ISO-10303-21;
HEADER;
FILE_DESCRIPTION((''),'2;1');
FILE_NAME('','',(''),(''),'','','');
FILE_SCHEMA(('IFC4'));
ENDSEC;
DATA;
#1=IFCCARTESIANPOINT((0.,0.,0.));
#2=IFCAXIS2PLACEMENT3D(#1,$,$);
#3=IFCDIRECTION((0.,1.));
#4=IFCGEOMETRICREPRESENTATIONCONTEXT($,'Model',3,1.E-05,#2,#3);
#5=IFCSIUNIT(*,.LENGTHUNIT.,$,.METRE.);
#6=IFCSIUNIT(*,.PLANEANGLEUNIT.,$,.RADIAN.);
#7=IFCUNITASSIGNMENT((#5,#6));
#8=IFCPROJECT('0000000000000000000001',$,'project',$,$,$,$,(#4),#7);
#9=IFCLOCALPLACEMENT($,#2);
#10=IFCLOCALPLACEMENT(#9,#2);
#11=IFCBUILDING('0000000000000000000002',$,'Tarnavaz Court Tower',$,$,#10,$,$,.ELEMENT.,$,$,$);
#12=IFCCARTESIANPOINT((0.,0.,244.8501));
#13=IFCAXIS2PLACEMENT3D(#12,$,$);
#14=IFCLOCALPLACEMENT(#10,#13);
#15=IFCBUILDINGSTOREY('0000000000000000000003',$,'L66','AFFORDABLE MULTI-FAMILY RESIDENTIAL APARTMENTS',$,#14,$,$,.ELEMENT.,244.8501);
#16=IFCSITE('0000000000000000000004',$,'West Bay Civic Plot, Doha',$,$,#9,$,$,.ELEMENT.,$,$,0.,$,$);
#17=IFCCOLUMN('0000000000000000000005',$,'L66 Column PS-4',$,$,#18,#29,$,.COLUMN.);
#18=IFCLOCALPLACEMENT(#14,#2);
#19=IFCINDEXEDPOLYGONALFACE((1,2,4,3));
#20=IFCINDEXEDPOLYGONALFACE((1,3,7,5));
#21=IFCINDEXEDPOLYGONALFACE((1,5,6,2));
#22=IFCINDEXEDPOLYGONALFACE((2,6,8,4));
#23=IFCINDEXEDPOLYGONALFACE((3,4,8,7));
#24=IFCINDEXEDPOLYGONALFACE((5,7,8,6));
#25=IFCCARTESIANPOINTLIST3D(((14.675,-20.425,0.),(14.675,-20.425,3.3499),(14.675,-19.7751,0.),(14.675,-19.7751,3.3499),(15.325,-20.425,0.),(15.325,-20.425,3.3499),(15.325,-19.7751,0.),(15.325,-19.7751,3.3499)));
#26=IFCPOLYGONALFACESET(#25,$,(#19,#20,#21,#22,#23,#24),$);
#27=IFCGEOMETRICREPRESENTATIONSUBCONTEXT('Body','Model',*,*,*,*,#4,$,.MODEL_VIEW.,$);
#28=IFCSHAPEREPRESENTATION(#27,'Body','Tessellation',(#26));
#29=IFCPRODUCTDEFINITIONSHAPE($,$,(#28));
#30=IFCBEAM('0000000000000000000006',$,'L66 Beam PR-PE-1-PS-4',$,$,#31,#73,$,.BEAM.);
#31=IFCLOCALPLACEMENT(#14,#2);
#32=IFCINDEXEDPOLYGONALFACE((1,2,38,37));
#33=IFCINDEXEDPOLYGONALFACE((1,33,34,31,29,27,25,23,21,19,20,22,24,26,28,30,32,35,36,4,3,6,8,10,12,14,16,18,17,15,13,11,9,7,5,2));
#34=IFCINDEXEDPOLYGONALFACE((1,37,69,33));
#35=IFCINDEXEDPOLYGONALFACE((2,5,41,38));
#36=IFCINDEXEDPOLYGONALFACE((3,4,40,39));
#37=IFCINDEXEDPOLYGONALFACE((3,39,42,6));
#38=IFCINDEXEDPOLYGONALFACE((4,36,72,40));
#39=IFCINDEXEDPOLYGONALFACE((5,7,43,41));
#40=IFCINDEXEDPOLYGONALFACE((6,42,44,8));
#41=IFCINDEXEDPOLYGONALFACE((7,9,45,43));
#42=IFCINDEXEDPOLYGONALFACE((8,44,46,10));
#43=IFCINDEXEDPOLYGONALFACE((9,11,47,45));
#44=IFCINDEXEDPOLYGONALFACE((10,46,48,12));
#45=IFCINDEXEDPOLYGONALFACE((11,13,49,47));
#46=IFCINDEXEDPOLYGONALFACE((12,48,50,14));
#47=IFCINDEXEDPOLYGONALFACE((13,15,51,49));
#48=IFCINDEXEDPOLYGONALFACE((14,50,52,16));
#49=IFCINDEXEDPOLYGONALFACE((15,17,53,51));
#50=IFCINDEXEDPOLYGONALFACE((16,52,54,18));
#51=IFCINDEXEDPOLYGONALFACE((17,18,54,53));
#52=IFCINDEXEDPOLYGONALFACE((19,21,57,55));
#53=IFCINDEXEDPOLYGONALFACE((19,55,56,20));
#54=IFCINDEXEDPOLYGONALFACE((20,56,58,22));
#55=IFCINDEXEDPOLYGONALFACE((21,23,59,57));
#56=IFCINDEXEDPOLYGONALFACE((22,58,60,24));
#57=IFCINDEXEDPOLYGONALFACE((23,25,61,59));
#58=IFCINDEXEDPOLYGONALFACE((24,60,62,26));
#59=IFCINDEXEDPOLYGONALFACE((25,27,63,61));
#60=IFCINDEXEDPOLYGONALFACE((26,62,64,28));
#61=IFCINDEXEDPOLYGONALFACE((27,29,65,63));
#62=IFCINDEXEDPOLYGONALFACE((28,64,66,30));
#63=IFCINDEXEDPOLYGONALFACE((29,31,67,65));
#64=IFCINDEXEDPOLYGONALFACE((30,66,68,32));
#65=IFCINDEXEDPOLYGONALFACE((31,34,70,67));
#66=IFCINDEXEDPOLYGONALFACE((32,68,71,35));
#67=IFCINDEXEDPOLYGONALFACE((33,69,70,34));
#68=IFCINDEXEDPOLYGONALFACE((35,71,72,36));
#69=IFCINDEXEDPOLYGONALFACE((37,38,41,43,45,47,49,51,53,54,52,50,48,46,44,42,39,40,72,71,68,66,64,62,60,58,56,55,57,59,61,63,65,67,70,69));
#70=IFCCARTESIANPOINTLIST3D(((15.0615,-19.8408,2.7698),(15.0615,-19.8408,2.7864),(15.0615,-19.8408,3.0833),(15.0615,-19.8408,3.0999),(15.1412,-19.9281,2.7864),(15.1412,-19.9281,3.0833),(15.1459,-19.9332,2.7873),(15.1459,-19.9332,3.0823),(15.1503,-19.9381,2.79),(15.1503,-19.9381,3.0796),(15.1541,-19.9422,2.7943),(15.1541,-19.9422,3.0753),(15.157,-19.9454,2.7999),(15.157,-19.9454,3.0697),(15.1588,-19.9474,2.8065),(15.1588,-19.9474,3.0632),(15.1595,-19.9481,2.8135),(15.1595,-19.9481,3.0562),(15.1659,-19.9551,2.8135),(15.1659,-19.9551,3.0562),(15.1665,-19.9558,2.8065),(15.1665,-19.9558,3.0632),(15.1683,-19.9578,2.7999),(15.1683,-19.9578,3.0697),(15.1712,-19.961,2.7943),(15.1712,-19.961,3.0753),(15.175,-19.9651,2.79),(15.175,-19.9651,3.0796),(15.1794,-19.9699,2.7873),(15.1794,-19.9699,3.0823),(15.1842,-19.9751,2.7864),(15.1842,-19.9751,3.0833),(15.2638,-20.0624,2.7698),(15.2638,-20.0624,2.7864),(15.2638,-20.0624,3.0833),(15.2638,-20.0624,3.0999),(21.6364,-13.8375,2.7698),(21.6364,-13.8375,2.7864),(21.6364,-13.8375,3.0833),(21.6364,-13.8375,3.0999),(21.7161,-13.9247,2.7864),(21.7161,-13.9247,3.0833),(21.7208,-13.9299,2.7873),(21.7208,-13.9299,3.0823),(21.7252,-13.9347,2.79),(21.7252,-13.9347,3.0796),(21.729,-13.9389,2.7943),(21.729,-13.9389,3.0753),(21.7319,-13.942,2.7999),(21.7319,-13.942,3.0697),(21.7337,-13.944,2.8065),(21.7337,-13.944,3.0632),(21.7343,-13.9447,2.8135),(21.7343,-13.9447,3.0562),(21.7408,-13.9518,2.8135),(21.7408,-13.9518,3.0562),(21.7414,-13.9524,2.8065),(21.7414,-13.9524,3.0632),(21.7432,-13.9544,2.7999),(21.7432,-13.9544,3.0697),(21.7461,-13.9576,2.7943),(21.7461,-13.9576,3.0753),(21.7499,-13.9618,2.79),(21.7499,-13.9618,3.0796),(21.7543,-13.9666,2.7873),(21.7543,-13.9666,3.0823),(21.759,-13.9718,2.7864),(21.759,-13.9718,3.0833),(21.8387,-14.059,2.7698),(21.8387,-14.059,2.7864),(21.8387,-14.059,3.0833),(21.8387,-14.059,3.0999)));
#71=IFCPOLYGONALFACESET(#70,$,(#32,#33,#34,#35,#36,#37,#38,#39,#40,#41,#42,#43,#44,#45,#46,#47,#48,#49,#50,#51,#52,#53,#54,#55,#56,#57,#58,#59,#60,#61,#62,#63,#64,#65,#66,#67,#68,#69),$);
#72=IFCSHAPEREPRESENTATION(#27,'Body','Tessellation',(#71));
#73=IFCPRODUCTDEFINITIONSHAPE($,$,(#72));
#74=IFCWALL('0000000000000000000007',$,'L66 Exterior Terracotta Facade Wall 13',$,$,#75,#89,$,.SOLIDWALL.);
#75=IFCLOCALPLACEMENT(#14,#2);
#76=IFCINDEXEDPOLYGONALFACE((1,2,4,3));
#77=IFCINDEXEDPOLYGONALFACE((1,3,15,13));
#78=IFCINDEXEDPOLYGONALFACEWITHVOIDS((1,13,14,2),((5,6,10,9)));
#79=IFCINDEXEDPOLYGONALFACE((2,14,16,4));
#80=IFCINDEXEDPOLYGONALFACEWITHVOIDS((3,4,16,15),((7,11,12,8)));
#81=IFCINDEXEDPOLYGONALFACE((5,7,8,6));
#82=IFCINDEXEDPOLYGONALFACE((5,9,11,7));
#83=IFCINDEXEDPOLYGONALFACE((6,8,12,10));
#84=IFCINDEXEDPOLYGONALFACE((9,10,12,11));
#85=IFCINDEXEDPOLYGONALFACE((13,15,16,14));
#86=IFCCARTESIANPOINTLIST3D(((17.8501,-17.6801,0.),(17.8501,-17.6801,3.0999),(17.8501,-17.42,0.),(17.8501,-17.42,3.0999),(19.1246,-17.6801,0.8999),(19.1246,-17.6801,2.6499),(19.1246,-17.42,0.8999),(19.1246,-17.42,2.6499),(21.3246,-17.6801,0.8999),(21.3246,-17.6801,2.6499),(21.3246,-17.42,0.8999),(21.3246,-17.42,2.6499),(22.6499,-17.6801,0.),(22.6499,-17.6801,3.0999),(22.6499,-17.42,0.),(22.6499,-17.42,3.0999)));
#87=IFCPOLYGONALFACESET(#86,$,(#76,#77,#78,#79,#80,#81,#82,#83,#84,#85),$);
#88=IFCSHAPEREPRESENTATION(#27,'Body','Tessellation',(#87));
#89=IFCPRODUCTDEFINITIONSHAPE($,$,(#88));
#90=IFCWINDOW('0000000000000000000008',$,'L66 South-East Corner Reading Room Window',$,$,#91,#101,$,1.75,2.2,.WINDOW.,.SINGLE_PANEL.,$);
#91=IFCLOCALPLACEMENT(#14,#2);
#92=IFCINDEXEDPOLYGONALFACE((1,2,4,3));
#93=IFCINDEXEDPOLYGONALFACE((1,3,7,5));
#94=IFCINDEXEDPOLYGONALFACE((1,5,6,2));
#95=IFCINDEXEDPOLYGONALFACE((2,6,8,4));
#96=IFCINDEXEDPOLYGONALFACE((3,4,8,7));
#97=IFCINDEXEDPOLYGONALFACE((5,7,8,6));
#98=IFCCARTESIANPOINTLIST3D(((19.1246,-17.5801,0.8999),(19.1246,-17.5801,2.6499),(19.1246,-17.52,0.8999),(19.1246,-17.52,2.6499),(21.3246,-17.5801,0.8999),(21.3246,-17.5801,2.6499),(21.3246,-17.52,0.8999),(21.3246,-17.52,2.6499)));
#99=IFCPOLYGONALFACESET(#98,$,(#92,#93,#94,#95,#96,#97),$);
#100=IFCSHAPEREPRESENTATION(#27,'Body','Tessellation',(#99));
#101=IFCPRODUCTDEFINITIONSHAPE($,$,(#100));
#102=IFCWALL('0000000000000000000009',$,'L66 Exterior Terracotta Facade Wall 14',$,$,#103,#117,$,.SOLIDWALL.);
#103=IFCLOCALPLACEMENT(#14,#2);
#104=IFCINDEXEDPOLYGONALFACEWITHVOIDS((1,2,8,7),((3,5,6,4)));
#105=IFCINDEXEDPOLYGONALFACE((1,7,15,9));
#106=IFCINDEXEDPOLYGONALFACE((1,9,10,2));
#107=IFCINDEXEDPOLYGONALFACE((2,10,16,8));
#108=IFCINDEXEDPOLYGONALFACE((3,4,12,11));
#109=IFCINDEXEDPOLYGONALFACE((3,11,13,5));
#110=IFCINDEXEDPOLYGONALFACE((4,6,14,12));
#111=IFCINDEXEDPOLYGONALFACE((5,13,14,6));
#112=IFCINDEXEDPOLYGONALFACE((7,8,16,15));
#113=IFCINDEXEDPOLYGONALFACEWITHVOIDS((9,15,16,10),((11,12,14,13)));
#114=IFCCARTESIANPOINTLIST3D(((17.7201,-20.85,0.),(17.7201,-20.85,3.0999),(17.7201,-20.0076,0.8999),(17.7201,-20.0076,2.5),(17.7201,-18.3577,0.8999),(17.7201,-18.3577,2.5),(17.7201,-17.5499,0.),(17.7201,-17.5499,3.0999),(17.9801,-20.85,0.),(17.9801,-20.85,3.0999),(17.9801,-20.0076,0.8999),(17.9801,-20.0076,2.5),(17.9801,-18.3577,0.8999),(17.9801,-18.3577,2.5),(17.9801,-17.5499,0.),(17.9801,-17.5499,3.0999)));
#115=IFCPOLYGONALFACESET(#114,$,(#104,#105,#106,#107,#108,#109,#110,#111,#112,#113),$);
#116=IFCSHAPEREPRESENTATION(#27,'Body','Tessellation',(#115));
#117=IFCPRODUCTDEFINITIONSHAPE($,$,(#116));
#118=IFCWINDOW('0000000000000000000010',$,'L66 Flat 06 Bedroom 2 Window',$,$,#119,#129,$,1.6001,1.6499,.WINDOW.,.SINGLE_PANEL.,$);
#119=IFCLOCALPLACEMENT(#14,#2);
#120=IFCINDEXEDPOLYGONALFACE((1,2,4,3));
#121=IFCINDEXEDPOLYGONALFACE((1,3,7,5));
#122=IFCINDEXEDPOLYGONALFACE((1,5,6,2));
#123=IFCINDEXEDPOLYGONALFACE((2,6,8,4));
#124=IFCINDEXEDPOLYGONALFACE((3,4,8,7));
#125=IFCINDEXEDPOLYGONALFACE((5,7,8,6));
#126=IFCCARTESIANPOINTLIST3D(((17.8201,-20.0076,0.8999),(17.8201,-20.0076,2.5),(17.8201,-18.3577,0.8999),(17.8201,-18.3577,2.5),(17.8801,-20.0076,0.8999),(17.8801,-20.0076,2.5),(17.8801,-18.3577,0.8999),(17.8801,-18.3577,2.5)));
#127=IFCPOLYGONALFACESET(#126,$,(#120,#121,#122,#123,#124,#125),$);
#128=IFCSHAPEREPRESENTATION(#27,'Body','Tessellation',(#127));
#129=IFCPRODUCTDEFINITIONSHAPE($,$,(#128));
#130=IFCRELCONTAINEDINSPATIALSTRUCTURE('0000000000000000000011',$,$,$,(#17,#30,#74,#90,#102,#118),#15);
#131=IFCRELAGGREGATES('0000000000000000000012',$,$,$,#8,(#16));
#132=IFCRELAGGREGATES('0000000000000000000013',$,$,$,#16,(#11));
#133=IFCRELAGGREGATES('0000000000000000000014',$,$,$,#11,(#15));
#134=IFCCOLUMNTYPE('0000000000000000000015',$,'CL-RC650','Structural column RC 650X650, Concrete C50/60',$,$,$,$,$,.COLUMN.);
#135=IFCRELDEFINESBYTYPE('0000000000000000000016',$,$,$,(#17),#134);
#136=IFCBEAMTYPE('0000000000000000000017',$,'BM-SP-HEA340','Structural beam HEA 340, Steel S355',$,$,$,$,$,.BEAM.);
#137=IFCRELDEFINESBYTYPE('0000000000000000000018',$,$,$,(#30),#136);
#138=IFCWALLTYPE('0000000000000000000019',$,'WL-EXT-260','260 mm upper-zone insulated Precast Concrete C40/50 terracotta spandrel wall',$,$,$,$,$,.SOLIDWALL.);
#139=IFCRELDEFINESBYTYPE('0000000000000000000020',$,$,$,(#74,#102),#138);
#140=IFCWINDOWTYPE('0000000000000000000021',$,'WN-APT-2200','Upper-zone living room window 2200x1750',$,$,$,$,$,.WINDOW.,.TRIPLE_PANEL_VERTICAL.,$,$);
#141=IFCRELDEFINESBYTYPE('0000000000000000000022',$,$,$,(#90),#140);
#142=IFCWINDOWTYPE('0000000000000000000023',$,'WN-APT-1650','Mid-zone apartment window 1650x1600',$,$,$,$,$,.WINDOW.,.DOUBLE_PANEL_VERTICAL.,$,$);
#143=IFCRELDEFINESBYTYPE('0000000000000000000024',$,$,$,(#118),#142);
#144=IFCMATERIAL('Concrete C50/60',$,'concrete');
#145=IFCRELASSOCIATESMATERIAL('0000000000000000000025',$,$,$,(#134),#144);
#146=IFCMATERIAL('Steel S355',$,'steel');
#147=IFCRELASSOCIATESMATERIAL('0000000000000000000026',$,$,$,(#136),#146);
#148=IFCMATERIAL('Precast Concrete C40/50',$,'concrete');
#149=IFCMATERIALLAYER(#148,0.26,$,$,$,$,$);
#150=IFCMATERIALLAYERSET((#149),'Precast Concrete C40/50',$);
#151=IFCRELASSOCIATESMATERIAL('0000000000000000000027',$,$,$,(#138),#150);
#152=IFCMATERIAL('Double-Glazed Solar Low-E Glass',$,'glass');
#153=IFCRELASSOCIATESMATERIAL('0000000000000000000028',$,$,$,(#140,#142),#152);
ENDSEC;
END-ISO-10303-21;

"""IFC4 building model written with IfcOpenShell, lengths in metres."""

from ifc_helpers import new_model, si_unit, direction, frame, frame_2d, origin, origin_2d, place, context, subcontext, project, spatial, rectangle, i_section, extrude, material, layer, layer_set, material_profile, profile_set, type_object, element, fill, save


model = new_model("IFC4")

# Units and contexts
model_context = context("Model", 3, precision=1e-05, world=origin(), true_north=direction((0.0, 1.0)))
body_context = subcontext(model_context, "Body", "Model", "MODEL_VIEW")
ifc_project = project(units=[si_unit("LENGTHUNIT", "METRE"), si_unit("PLANEANGLEUNIT", "RADIAN")], contexts=[model_context])

# Site, building, storey
site_placement = place(None, origin())
site = spatial("IfcSite", under=ifc_project, at=site_placement, Name="West Bay Civic Plot, Doha", CompositionType="ELEMENT", RefElevation=0.0)
building_placement = place(site_placement, origin())
building = spatial("IfcBuilding", under=site, at=building_placement, Name="Tarnavaz Court Tower", CompositionType="ELEMENT")
storey_placement = place(building_placement, frame((0.0, 0.0, 244.8501)))
storey = spatial("IfcBuildingStorey", under=building, at=storey_placement, Name="L66", Description="AFFORDABLE MULTI-FAMILY RESIDENTIAL APARTMENTS", CompositionType="ELEMENT", Elevation=244.8501)

# Column
ifc_material_1 = material(Name="Concrete C50/60", Category="concrete")
ifc_material_profile_1 = material_profile(ifc_material_1, rectangle(XDim=0.6499, YDim=0.6499, at=origin_2d()), Name="RC 650X650")
ifc_profile_set_1 = profile_set([ifc_material_profile_1], Name="Concrete C50/60")
column_type = type_object("IfcColumnType", Name="CL-RC650", Description="Structural column RC 650X650, Concrete C50/60", PredefinedType="COLUMN", material=ifc_profile_set_1)
column_placement = place(storey_placement, frame((15.0, -20.1001, 0.0), z_axis=(0.0, 0.0, 1.0), x_axis=(1.0, 0.0, 0.0)))
element("IfcColumn", 1, at=column_placement, inside=storey, type_object=column_type, Name="L66 Column PS-4", PredefinedType="COLUMN", context=body_context, shape_type="SweptSolid", body=[
    extrude(rectangle(XDim=0.6499, YDim=0.6499, at=origin_2d()), origin(), (0.0, 0.0, 1.0), 3.3499),
])

# Beam
ifc_material_2 = material(Name="Steel S355", Category="steel")
ifc_material_profile_2 = material_profile(ifc_material_2, i_section(OverallWidth=0.3, OverallDepth=0.3301, WebThickness=0.0095, FlangeThickness=0.0166, FilletRadius=0.0271, at=origin_2d()), Name="HEA 340")
ifc_profile_set_2 = profile_set([ifc_material_profile_2], Name="Steel S355")
beam_type = type_object("IfcBeamType", Name="BM-SP-HEA340", Description="Structural beam HEA 340, Steel S355", PredefinedType="BEAM", material=ifc_profile_set_2)
beam_placement = place(storey_placement, frame((21.7375, -13.9482, 2.9348), z_axis=(-0.738474, -0.674282, 0.0), x_axis=(0.674282, -0.738474, 0.0)))
element("IfcBeam", 2, at=beam_placement, inside=storey, type_object=beam_type, Name="L66 Beam PR-PE-1-PS-4", PredefinedType="BEAM", context=body_context, shape_type="SweptSolid", body=[
    extrude(i_section(OverallWidth=0.3, OverallDepth=0.3301, WebThickness=0.0095, FlangeThickness=0.0166, FilletRadius=0.0271, at=origin_2d()), origin(), (0.0, 0.0, 1.0), 8.9033),
])

# Walls, openings, windows
ifc_material_3 = material(Name="Precast Concrete C40/50", Category="concrete")
ifc_layer_1 = layer(ifc_material_3, 0.26)
ifc_layer_set_1 = layer_set([ifc_layer_1], Name="Precast Concrete C40/50")
wall_type_1 = type_object("IfcWallType", Name="WL-EXT-260", Description="260 mm upper-zone insulated Precast Concrete C40/50 terracotta spandrel wall", PredefinedType="SOLIDWALL", material=ifc_layer_set_1)
wall_1_placement = place(storey_placement, frame((22.6499, -17.55, 0.0), z_axis=(0.0, 0.0, 1.0), x_axis=(-1.0, 0.0, 0.0)))
wall_1 = element("IfcWall", 3, at=wall_1_placement, inside=storey, type_object=wall_type_1, Name="L66 Exterior Terracotta Facade Wall 13", PredefinedType="SOLIDWALL", context=body_context, shape_type="SweptSolid", body=[
    extrude(rectangle(XDim=4.7998, YDim=0.26, at=frame_2d((2.3999, 0.0))), origin(), (0.0, 0.0, 1.0), 3.0999),
])
opening_1_placement = place(wall_1_placement, frame((1.3252, 0.0, 0.8999)))
opening_1 = element("IfcOpeningElement", 4, at=opening_1_placement, cuts=wall_1, PredefinedType="OPENING", context=body_context, shape_type="SweptSolid", body=[
    extrude(rectangle(XDim=2.2, YDim=1.75, at=frame_2d((1.1001, 0.875))), frame((0.0, 0.1399, 0.0), z_axis=(0.0, -1.0, 0.0), x_axis=(1.0, 0.0, 0.0)), (0.0, 0.0, 1.0), 0.28),
])
ifc_material_4 = material(Name="Double-Glazed Solar Low-E Glass", Category="glass")
window_type_1 = type_object("IfcWindowType", Name="WN-APT-2200", Description="Upper-zone living room window 2200x1750", PartitioningType="TRIPLE_PANEL_VERTICAL", PredefinedType="WINDOW", material=ifc_material_4)
window_1_placement = place(opening_1_placement, origin())
window_1 = element("IfcWindow", 5, at=window_1_placement, inside=storey, type_object=window_type_1, Name="L66 South-East Corner Reading Room Window", OverallHeight=1.75, OverallWidth=2.2, PartitioningType="SINGLE_PANEL", PredefinedType="WINDOW", context=body_context, shape_type="SweptSolid", body=[
    extrude(rectangle(XDim=2.2, YDim=1.75, at=frame_2d((1.1001, 0.875))), frame((0.0, 0.03, 0.0), z_axis=(0.0, -1.0, 0.0), x_axis=(1.0, 0.0, 0.0)), (0.0, 0.0, 1.0), 0.0601),
])
fill(opening_1, window_1)
wall_2_placement = place(storey_placement, frame((17.8501, -17.55, 0.0), z_axis=(0.0, 0.0, 1.0), x_axis=(0.0, -1.0, 0.0)))
wall_2 = element("IfcWall", 6, at=wall_2_placement, inside=storey, type_object=wall_type_1, Name="L66 Exterior Terracotta Facade Wall 14", PredefinedType="SOLIDWALL", context=body_context, shape_type="SweptSolid", body=[
    extrude(rectangle(XDim=3.3, YDim=0.26, at=frame_2d((1.6499, 0.0))), origin(), (0.0, 0.0, 1.0), 3.0999),
])
opening_2_placement = place(wall_2_placement, frame((0.8076, 0.0, 0.8999)))
opening_2 = element("IfcOpeningElement", 7, at=opening_2_placement, cuts=wall_2, PredefinedType="OPENING", context=body_context, shape_type="SweptSolid", body=[
    extrude(rectangle(XDim=1.6499, YDim=1.6001, at=frame_2d((0.825, 0.8))), frame((0.0, 0.1399, 0.0), z_axis=(0.0, -1.0, 0.0), x_axis=(1.0, 0.0, 0.0)), (0.0, 0.0, 1.0), 0.28),
])
window_type_2 = type_object("IfcWindowType", Name="WN-APT-1650", Description="Mid-zone apartment window 1650x1600", PartitioningType="DOUBLE_PANEL_VERTICAL", PredefinedType="WINDOW", material=ifc_material_4)
window_2_placement = place(opening_2_placement, origin())
window_2 = element("IfcWindow", 8, at=window_2_placement, inside=storey, type_object=window_type_2, Name="L66 Flat 06 Bedroom 2 Window", OverallHeight=1.6001, OverallWidth=1.6499, PartitioningType="SINGLE_PANEL", PredefinedType="WINDOW", context=body_context, shape_type="SweptSolid", body=[
    extrude(rectangle(XDim=1.6499, YDim=1.6001, at=frame_2d((0.825, 0.8))), frame((0.0, 0.03, 0.0), z_axis=(0.0, -1.0, 0.0), x_axis=(1.0, 0.0, 0.0)), (0.0, 0.0, 1.0), 0.0601),
])
fill(opening_2, window_2)

save(model, "model.ifc")
